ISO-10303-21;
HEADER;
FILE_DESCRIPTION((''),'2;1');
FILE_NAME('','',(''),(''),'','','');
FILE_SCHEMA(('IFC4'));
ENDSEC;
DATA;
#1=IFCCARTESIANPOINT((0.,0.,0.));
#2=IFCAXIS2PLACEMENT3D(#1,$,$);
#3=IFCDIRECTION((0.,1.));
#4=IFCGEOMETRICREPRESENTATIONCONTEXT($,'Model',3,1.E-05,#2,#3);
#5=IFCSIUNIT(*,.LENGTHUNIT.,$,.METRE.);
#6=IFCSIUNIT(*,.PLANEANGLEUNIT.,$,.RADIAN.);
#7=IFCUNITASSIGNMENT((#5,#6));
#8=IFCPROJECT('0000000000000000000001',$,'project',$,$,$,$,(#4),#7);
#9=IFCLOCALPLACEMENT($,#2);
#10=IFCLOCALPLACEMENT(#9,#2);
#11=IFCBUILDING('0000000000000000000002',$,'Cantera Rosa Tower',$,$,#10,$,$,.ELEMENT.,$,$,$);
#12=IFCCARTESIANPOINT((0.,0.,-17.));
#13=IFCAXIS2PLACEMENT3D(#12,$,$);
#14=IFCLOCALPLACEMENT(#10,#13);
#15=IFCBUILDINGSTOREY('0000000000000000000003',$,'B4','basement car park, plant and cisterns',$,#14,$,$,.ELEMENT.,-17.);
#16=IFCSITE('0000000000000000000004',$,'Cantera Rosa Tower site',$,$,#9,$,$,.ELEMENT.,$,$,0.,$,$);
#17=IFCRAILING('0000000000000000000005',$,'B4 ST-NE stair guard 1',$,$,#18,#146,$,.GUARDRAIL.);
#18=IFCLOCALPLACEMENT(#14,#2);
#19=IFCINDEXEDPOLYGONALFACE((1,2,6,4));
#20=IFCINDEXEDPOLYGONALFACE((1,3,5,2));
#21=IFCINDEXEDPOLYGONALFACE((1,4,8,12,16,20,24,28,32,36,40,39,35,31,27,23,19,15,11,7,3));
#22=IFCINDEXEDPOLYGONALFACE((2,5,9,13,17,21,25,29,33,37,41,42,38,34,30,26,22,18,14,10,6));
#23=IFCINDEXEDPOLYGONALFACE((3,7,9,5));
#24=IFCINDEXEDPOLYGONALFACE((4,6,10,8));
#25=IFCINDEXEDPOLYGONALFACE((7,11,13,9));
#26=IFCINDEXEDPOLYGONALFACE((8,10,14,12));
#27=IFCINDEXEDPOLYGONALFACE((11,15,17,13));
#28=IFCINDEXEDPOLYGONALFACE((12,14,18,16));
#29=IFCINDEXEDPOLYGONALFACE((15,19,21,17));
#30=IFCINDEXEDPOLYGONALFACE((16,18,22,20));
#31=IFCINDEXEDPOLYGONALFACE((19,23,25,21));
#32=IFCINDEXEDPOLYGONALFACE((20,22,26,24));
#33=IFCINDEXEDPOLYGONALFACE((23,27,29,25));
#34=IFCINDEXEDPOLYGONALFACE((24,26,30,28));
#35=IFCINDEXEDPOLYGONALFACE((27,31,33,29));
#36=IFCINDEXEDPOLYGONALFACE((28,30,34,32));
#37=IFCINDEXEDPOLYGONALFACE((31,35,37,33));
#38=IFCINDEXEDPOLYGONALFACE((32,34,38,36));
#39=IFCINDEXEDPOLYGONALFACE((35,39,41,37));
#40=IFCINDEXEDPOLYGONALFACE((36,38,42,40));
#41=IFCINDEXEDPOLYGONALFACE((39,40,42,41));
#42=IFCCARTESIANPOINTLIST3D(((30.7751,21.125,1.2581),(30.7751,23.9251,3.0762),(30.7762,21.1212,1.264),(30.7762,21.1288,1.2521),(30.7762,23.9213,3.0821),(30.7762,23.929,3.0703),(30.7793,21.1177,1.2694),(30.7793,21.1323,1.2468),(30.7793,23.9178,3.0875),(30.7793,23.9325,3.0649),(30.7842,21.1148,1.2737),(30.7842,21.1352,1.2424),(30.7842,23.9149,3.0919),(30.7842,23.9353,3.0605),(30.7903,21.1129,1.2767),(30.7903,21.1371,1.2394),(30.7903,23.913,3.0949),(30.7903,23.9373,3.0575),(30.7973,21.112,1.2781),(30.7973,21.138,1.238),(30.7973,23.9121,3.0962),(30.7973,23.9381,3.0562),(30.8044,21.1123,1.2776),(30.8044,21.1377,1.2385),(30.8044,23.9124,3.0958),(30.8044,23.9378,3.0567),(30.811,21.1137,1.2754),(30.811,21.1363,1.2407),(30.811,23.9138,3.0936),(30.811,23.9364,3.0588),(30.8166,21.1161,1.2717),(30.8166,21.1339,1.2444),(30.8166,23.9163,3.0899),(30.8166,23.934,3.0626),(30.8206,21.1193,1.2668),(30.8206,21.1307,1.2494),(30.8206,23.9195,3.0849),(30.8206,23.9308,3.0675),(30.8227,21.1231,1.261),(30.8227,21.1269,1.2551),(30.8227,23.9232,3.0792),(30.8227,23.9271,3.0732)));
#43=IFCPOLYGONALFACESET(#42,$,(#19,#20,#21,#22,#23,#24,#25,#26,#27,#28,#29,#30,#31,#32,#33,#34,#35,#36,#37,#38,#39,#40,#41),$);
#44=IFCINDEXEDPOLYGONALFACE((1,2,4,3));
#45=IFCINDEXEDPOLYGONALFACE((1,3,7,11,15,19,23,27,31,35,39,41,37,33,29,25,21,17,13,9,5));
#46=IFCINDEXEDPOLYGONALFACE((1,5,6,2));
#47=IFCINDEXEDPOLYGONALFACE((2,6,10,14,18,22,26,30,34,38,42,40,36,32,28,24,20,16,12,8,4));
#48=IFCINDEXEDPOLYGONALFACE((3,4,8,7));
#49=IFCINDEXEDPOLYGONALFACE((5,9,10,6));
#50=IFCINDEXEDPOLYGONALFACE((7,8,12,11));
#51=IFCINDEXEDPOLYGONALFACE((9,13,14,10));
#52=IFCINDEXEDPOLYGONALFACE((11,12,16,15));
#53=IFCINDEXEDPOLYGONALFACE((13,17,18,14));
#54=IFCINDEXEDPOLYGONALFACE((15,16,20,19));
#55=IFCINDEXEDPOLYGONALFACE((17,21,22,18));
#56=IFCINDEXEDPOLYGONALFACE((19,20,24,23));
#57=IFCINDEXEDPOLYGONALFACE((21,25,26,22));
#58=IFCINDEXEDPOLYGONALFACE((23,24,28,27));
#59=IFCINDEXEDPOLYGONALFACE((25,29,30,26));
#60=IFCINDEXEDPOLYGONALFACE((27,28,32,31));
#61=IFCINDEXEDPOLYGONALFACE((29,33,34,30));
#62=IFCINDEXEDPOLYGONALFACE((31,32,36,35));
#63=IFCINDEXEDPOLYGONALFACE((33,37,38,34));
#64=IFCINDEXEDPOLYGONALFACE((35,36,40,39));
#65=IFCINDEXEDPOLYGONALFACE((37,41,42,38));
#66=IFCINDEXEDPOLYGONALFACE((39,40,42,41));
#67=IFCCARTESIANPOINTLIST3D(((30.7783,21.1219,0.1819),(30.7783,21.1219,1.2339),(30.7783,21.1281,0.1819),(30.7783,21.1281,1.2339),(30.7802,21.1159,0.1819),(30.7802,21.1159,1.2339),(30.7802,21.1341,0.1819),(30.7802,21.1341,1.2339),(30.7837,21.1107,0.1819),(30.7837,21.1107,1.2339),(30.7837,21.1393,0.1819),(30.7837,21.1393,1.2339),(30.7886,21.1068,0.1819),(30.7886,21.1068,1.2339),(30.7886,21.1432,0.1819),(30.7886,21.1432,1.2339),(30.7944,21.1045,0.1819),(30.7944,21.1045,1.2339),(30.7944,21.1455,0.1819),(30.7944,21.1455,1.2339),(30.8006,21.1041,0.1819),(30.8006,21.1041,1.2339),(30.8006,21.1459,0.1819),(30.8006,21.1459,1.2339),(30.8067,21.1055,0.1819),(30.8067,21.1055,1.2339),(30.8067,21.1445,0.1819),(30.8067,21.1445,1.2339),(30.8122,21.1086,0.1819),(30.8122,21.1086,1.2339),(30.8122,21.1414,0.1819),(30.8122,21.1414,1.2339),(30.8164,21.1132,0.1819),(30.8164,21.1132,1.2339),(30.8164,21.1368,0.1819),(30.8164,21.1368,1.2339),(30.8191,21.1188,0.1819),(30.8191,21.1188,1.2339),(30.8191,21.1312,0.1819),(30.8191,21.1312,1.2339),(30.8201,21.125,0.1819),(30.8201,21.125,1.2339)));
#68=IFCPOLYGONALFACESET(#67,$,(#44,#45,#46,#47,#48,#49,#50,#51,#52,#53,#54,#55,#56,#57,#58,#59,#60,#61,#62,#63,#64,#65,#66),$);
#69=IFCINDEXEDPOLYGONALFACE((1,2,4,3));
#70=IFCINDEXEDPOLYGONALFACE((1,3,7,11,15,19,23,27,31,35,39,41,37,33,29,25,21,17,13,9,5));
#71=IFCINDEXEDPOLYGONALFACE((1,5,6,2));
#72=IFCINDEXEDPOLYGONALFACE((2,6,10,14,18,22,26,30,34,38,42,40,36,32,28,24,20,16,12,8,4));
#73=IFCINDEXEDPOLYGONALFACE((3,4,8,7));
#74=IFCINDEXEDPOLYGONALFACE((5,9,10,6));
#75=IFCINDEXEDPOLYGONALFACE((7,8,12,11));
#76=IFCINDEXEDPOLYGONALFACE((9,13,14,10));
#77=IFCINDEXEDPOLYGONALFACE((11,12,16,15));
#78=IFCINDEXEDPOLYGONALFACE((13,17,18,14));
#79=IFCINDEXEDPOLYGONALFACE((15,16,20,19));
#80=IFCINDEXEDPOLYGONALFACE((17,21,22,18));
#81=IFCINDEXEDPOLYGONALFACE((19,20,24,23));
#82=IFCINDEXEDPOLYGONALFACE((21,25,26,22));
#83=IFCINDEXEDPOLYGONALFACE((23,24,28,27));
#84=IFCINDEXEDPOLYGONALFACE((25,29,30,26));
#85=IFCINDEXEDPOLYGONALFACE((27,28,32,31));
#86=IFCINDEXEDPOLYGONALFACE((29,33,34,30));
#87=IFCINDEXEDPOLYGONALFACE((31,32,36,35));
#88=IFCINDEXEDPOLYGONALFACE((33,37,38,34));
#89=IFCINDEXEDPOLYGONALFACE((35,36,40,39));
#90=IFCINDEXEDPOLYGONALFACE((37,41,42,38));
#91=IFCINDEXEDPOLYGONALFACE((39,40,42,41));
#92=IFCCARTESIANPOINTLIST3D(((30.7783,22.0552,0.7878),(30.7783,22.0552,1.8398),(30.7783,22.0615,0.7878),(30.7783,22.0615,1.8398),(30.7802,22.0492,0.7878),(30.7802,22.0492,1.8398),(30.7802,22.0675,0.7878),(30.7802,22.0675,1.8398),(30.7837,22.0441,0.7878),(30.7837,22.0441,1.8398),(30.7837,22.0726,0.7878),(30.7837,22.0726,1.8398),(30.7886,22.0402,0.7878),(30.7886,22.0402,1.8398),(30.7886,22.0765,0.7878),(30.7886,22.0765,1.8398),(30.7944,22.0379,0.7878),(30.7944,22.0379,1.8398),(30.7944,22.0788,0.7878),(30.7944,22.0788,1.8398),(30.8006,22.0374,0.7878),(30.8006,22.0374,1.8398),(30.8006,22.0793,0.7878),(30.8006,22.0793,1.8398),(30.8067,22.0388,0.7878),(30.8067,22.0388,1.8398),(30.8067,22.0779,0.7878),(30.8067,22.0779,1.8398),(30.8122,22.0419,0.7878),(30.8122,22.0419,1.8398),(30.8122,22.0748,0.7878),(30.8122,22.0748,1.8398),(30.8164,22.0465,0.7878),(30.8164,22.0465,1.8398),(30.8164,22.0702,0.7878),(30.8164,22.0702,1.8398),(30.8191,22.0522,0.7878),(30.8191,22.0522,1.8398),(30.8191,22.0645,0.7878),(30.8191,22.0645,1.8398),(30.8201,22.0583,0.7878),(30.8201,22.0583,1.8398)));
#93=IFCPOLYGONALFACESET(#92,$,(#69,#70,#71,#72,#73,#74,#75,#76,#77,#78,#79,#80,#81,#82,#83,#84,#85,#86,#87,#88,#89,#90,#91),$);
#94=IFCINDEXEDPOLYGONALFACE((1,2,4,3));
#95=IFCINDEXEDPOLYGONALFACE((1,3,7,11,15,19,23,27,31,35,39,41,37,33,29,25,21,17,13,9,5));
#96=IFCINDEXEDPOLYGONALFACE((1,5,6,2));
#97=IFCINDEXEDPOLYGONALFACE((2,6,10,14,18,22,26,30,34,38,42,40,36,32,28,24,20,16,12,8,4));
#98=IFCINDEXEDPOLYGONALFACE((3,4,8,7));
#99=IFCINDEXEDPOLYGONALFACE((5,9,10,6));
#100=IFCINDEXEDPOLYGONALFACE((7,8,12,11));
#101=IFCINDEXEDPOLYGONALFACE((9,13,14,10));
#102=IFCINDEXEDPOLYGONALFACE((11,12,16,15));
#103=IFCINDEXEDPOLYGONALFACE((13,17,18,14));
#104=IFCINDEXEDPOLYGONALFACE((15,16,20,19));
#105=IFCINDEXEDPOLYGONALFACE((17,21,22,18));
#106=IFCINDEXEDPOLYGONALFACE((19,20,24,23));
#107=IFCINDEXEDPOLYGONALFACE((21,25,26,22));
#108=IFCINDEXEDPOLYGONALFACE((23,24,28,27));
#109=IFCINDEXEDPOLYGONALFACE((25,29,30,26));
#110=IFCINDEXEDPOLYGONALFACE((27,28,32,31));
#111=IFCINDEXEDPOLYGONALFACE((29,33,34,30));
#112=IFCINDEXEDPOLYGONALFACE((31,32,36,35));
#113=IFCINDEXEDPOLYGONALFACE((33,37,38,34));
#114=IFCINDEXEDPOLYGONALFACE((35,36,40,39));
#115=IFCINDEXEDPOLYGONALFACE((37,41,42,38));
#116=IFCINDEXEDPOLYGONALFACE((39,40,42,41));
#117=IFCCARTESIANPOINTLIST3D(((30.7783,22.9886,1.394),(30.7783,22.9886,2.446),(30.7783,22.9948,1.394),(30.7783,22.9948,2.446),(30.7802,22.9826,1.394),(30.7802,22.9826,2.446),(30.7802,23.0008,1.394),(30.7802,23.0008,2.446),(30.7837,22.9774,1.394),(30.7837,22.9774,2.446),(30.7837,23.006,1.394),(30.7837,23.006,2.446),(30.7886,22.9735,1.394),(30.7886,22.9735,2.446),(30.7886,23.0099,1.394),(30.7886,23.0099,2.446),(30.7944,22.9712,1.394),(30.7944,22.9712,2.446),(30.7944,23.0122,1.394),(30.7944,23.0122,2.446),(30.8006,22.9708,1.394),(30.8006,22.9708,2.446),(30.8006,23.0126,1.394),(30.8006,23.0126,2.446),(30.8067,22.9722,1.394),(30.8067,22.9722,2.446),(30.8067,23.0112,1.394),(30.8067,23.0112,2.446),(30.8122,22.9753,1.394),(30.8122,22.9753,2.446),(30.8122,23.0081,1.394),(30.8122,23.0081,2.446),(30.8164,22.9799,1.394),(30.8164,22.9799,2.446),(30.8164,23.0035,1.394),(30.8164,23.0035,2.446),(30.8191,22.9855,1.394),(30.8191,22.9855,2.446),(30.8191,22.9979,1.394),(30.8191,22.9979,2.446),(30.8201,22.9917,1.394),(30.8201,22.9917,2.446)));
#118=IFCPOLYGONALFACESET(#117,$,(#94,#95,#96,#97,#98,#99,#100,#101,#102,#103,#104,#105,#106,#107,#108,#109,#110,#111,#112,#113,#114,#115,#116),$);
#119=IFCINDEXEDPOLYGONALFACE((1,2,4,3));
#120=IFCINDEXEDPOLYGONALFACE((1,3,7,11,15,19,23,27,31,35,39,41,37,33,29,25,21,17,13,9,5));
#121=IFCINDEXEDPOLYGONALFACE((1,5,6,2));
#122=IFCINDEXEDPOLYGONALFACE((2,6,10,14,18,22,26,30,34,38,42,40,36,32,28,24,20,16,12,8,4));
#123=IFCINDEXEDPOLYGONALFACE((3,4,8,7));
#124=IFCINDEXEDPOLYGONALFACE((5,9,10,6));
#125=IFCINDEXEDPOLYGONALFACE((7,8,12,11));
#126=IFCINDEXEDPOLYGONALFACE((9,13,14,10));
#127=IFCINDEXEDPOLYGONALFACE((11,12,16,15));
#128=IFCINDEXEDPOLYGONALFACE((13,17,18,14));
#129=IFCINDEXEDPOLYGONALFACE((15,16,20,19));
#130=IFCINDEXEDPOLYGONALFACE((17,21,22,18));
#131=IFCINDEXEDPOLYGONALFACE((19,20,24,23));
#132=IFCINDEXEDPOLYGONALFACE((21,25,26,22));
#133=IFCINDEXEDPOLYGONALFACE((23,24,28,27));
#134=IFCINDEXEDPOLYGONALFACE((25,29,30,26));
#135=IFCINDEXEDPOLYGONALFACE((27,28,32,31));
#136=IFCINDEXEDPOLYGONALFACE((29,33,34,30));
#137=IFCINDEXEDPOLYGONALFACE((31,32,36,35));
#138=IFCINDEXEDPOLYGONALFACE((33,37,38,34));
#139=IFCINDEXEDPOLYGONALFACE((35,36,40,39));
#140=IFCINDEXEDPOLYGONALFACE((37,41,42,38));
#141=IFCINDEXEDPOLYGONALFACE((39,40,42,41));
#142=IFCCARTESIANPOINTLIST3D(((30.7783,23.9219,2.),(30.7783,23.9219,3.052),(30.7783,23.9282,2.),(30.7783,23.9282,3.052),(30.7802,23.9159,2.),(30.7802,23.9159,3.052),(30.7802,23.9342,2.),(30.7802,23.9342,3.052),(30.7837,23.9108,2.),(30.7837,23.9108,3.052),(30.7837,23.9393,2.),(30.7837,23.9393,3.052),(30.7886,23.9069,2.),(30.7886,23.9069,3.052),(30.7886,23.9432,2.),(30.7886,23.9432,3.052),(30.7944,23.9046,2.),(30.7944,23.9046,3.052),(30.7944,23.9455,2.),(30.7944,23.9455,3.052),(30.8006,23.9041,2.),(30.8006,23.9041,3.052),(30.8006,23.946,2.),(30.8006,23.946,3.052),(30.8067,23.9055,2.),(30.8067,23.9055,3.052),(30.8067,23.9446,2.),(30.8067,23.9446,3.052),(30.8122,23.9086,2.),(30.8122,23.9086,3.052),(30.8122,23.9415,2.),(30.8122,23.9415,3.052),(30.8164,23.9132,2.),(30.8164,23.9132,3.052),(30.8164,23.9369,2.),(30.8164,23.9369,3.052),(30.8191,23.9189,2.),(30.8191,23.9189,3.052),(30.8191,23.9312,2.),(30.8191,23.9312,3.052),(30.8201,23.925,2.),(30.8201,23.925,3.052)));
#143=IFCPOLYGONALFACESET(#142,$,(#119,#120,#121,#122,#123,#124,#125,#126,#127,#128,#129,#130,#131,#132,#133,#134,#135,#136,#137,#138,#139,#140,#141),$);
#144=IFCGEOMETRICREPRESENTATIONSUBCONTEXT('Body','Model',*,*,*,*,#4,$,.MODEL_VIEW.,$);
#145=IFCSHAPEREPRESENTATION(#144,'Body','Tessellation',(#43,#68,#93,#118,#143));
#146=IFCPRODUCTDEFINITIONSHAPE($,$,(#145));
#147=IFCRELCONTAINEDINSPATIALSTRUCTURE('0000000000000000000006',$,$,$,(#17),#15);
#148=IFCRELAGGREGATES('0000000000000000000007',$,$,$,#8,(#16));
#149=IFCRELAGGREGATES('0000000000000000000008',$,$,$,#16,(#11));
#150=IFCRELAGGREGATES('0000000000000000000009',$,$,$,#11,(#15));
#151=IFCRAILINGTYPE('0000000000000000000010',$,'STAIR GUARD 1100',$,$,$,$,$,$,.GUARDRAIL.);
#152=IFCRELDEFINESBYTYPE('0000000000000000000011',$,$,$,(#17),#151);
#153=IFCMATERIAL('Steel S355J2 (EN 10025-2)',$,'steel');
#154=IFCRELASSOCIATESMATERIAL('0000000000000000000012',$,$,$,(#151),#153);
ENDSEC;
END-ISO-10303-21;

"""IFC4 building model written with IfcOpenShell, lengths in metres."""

from ifc_helpers import new_model, si_unit, direction, frame, origin, origin_2d, place, context, subcontext, project, spatial, circle, extrude, material, type_object, element, save


model = new_model("IFC4")

# Units and contexts
model_context = context("Model", 3, precision=1e-05, world=origin(), true_north=direction((0.0, 1.0)))
body_context = subcontext(model_context, "Body", "Model", "MODEL_VIEW")
ifc_project = project(units=[si_unit("LENGTHUNIT", "METRE"), si_unit("PLANEANGLEUNIT", "RADIAN")], contexts=[model_context])

# Site, building, storey
site_placement = place(None, origin())
site = spatial("IfcSite", under=ifc_project, at=site_placement, Name="Cantera Rosa Tower site", CompositionType="ELEMENT", RefElevation=0.0)
building_placement = place(site_placement, origin())
building = spatial("IfcBuilding", under=site, at=building_placement, Name="Cantera Rosa Tower", CompositionType="ELEMENT")
storey_placement = place(building_placement, frame((0.0, 0.0, -17.0)))
storey = spatial("IfcBuildingStorey", under=building, at=storey_placement, Name="B4", Description="basement car park, plant and cisterns", CompositionType="ELEMENT", Elevation=-17.0)

# Railing
ifc_material_1 = material(Name="Steel S355J2 (EN 10025-2)", Category="steel")
railing_type_1 = type_object("IfcRailingType", Name="STAIR GUARD 1100", PredefinedType="GUARDRAIL", material=ifc_material_1)
railing_1_placement = place(storey_placement, frame((30.7991, 21.125, 0.1819)))
element("IfcRailing", 1, at=railing_1_placement, inside=storey, type_object=railing_type_1, Name="B4 ST-NE stair guard 1", PredefinedType="GUARDRAIL", context=body_context, shape_type="SweptSolid", body=[
    extrude(circle(Radius=0.0239, at=origin_2d()), frame((0.0, 0.0, 1.0762), z_axis=(0.0, 0.838706, 0.544585), x_axis=(-1.0, 0.0, 0.0)), (0.0, 0.0, 1.0), 3.3386),
    extrude(circle(Radius=0.021, at=origin_2d()), origin(), (0.0, 0.0, 1.0), 1.052),
    extrude(circle(Radius=0.021, at=origin_2d()), frame((0.0, 0.9333, 0.606)), (0.0, 0.0, 1.0), 1.052),
    extrude(circle(Radius=0.021, at=origin_2d()), frame((0.0, 1.8667, 1.2122)), (0.0, 0.0, 1.0), 1.052),
    extrude(circle(Radius=0.021, at=origin_2d()), frame((0.0, 2.8, 1.8181)), (0.0, 0.0, 1.0), 1.052),
])

save(model, "model.ifc")
